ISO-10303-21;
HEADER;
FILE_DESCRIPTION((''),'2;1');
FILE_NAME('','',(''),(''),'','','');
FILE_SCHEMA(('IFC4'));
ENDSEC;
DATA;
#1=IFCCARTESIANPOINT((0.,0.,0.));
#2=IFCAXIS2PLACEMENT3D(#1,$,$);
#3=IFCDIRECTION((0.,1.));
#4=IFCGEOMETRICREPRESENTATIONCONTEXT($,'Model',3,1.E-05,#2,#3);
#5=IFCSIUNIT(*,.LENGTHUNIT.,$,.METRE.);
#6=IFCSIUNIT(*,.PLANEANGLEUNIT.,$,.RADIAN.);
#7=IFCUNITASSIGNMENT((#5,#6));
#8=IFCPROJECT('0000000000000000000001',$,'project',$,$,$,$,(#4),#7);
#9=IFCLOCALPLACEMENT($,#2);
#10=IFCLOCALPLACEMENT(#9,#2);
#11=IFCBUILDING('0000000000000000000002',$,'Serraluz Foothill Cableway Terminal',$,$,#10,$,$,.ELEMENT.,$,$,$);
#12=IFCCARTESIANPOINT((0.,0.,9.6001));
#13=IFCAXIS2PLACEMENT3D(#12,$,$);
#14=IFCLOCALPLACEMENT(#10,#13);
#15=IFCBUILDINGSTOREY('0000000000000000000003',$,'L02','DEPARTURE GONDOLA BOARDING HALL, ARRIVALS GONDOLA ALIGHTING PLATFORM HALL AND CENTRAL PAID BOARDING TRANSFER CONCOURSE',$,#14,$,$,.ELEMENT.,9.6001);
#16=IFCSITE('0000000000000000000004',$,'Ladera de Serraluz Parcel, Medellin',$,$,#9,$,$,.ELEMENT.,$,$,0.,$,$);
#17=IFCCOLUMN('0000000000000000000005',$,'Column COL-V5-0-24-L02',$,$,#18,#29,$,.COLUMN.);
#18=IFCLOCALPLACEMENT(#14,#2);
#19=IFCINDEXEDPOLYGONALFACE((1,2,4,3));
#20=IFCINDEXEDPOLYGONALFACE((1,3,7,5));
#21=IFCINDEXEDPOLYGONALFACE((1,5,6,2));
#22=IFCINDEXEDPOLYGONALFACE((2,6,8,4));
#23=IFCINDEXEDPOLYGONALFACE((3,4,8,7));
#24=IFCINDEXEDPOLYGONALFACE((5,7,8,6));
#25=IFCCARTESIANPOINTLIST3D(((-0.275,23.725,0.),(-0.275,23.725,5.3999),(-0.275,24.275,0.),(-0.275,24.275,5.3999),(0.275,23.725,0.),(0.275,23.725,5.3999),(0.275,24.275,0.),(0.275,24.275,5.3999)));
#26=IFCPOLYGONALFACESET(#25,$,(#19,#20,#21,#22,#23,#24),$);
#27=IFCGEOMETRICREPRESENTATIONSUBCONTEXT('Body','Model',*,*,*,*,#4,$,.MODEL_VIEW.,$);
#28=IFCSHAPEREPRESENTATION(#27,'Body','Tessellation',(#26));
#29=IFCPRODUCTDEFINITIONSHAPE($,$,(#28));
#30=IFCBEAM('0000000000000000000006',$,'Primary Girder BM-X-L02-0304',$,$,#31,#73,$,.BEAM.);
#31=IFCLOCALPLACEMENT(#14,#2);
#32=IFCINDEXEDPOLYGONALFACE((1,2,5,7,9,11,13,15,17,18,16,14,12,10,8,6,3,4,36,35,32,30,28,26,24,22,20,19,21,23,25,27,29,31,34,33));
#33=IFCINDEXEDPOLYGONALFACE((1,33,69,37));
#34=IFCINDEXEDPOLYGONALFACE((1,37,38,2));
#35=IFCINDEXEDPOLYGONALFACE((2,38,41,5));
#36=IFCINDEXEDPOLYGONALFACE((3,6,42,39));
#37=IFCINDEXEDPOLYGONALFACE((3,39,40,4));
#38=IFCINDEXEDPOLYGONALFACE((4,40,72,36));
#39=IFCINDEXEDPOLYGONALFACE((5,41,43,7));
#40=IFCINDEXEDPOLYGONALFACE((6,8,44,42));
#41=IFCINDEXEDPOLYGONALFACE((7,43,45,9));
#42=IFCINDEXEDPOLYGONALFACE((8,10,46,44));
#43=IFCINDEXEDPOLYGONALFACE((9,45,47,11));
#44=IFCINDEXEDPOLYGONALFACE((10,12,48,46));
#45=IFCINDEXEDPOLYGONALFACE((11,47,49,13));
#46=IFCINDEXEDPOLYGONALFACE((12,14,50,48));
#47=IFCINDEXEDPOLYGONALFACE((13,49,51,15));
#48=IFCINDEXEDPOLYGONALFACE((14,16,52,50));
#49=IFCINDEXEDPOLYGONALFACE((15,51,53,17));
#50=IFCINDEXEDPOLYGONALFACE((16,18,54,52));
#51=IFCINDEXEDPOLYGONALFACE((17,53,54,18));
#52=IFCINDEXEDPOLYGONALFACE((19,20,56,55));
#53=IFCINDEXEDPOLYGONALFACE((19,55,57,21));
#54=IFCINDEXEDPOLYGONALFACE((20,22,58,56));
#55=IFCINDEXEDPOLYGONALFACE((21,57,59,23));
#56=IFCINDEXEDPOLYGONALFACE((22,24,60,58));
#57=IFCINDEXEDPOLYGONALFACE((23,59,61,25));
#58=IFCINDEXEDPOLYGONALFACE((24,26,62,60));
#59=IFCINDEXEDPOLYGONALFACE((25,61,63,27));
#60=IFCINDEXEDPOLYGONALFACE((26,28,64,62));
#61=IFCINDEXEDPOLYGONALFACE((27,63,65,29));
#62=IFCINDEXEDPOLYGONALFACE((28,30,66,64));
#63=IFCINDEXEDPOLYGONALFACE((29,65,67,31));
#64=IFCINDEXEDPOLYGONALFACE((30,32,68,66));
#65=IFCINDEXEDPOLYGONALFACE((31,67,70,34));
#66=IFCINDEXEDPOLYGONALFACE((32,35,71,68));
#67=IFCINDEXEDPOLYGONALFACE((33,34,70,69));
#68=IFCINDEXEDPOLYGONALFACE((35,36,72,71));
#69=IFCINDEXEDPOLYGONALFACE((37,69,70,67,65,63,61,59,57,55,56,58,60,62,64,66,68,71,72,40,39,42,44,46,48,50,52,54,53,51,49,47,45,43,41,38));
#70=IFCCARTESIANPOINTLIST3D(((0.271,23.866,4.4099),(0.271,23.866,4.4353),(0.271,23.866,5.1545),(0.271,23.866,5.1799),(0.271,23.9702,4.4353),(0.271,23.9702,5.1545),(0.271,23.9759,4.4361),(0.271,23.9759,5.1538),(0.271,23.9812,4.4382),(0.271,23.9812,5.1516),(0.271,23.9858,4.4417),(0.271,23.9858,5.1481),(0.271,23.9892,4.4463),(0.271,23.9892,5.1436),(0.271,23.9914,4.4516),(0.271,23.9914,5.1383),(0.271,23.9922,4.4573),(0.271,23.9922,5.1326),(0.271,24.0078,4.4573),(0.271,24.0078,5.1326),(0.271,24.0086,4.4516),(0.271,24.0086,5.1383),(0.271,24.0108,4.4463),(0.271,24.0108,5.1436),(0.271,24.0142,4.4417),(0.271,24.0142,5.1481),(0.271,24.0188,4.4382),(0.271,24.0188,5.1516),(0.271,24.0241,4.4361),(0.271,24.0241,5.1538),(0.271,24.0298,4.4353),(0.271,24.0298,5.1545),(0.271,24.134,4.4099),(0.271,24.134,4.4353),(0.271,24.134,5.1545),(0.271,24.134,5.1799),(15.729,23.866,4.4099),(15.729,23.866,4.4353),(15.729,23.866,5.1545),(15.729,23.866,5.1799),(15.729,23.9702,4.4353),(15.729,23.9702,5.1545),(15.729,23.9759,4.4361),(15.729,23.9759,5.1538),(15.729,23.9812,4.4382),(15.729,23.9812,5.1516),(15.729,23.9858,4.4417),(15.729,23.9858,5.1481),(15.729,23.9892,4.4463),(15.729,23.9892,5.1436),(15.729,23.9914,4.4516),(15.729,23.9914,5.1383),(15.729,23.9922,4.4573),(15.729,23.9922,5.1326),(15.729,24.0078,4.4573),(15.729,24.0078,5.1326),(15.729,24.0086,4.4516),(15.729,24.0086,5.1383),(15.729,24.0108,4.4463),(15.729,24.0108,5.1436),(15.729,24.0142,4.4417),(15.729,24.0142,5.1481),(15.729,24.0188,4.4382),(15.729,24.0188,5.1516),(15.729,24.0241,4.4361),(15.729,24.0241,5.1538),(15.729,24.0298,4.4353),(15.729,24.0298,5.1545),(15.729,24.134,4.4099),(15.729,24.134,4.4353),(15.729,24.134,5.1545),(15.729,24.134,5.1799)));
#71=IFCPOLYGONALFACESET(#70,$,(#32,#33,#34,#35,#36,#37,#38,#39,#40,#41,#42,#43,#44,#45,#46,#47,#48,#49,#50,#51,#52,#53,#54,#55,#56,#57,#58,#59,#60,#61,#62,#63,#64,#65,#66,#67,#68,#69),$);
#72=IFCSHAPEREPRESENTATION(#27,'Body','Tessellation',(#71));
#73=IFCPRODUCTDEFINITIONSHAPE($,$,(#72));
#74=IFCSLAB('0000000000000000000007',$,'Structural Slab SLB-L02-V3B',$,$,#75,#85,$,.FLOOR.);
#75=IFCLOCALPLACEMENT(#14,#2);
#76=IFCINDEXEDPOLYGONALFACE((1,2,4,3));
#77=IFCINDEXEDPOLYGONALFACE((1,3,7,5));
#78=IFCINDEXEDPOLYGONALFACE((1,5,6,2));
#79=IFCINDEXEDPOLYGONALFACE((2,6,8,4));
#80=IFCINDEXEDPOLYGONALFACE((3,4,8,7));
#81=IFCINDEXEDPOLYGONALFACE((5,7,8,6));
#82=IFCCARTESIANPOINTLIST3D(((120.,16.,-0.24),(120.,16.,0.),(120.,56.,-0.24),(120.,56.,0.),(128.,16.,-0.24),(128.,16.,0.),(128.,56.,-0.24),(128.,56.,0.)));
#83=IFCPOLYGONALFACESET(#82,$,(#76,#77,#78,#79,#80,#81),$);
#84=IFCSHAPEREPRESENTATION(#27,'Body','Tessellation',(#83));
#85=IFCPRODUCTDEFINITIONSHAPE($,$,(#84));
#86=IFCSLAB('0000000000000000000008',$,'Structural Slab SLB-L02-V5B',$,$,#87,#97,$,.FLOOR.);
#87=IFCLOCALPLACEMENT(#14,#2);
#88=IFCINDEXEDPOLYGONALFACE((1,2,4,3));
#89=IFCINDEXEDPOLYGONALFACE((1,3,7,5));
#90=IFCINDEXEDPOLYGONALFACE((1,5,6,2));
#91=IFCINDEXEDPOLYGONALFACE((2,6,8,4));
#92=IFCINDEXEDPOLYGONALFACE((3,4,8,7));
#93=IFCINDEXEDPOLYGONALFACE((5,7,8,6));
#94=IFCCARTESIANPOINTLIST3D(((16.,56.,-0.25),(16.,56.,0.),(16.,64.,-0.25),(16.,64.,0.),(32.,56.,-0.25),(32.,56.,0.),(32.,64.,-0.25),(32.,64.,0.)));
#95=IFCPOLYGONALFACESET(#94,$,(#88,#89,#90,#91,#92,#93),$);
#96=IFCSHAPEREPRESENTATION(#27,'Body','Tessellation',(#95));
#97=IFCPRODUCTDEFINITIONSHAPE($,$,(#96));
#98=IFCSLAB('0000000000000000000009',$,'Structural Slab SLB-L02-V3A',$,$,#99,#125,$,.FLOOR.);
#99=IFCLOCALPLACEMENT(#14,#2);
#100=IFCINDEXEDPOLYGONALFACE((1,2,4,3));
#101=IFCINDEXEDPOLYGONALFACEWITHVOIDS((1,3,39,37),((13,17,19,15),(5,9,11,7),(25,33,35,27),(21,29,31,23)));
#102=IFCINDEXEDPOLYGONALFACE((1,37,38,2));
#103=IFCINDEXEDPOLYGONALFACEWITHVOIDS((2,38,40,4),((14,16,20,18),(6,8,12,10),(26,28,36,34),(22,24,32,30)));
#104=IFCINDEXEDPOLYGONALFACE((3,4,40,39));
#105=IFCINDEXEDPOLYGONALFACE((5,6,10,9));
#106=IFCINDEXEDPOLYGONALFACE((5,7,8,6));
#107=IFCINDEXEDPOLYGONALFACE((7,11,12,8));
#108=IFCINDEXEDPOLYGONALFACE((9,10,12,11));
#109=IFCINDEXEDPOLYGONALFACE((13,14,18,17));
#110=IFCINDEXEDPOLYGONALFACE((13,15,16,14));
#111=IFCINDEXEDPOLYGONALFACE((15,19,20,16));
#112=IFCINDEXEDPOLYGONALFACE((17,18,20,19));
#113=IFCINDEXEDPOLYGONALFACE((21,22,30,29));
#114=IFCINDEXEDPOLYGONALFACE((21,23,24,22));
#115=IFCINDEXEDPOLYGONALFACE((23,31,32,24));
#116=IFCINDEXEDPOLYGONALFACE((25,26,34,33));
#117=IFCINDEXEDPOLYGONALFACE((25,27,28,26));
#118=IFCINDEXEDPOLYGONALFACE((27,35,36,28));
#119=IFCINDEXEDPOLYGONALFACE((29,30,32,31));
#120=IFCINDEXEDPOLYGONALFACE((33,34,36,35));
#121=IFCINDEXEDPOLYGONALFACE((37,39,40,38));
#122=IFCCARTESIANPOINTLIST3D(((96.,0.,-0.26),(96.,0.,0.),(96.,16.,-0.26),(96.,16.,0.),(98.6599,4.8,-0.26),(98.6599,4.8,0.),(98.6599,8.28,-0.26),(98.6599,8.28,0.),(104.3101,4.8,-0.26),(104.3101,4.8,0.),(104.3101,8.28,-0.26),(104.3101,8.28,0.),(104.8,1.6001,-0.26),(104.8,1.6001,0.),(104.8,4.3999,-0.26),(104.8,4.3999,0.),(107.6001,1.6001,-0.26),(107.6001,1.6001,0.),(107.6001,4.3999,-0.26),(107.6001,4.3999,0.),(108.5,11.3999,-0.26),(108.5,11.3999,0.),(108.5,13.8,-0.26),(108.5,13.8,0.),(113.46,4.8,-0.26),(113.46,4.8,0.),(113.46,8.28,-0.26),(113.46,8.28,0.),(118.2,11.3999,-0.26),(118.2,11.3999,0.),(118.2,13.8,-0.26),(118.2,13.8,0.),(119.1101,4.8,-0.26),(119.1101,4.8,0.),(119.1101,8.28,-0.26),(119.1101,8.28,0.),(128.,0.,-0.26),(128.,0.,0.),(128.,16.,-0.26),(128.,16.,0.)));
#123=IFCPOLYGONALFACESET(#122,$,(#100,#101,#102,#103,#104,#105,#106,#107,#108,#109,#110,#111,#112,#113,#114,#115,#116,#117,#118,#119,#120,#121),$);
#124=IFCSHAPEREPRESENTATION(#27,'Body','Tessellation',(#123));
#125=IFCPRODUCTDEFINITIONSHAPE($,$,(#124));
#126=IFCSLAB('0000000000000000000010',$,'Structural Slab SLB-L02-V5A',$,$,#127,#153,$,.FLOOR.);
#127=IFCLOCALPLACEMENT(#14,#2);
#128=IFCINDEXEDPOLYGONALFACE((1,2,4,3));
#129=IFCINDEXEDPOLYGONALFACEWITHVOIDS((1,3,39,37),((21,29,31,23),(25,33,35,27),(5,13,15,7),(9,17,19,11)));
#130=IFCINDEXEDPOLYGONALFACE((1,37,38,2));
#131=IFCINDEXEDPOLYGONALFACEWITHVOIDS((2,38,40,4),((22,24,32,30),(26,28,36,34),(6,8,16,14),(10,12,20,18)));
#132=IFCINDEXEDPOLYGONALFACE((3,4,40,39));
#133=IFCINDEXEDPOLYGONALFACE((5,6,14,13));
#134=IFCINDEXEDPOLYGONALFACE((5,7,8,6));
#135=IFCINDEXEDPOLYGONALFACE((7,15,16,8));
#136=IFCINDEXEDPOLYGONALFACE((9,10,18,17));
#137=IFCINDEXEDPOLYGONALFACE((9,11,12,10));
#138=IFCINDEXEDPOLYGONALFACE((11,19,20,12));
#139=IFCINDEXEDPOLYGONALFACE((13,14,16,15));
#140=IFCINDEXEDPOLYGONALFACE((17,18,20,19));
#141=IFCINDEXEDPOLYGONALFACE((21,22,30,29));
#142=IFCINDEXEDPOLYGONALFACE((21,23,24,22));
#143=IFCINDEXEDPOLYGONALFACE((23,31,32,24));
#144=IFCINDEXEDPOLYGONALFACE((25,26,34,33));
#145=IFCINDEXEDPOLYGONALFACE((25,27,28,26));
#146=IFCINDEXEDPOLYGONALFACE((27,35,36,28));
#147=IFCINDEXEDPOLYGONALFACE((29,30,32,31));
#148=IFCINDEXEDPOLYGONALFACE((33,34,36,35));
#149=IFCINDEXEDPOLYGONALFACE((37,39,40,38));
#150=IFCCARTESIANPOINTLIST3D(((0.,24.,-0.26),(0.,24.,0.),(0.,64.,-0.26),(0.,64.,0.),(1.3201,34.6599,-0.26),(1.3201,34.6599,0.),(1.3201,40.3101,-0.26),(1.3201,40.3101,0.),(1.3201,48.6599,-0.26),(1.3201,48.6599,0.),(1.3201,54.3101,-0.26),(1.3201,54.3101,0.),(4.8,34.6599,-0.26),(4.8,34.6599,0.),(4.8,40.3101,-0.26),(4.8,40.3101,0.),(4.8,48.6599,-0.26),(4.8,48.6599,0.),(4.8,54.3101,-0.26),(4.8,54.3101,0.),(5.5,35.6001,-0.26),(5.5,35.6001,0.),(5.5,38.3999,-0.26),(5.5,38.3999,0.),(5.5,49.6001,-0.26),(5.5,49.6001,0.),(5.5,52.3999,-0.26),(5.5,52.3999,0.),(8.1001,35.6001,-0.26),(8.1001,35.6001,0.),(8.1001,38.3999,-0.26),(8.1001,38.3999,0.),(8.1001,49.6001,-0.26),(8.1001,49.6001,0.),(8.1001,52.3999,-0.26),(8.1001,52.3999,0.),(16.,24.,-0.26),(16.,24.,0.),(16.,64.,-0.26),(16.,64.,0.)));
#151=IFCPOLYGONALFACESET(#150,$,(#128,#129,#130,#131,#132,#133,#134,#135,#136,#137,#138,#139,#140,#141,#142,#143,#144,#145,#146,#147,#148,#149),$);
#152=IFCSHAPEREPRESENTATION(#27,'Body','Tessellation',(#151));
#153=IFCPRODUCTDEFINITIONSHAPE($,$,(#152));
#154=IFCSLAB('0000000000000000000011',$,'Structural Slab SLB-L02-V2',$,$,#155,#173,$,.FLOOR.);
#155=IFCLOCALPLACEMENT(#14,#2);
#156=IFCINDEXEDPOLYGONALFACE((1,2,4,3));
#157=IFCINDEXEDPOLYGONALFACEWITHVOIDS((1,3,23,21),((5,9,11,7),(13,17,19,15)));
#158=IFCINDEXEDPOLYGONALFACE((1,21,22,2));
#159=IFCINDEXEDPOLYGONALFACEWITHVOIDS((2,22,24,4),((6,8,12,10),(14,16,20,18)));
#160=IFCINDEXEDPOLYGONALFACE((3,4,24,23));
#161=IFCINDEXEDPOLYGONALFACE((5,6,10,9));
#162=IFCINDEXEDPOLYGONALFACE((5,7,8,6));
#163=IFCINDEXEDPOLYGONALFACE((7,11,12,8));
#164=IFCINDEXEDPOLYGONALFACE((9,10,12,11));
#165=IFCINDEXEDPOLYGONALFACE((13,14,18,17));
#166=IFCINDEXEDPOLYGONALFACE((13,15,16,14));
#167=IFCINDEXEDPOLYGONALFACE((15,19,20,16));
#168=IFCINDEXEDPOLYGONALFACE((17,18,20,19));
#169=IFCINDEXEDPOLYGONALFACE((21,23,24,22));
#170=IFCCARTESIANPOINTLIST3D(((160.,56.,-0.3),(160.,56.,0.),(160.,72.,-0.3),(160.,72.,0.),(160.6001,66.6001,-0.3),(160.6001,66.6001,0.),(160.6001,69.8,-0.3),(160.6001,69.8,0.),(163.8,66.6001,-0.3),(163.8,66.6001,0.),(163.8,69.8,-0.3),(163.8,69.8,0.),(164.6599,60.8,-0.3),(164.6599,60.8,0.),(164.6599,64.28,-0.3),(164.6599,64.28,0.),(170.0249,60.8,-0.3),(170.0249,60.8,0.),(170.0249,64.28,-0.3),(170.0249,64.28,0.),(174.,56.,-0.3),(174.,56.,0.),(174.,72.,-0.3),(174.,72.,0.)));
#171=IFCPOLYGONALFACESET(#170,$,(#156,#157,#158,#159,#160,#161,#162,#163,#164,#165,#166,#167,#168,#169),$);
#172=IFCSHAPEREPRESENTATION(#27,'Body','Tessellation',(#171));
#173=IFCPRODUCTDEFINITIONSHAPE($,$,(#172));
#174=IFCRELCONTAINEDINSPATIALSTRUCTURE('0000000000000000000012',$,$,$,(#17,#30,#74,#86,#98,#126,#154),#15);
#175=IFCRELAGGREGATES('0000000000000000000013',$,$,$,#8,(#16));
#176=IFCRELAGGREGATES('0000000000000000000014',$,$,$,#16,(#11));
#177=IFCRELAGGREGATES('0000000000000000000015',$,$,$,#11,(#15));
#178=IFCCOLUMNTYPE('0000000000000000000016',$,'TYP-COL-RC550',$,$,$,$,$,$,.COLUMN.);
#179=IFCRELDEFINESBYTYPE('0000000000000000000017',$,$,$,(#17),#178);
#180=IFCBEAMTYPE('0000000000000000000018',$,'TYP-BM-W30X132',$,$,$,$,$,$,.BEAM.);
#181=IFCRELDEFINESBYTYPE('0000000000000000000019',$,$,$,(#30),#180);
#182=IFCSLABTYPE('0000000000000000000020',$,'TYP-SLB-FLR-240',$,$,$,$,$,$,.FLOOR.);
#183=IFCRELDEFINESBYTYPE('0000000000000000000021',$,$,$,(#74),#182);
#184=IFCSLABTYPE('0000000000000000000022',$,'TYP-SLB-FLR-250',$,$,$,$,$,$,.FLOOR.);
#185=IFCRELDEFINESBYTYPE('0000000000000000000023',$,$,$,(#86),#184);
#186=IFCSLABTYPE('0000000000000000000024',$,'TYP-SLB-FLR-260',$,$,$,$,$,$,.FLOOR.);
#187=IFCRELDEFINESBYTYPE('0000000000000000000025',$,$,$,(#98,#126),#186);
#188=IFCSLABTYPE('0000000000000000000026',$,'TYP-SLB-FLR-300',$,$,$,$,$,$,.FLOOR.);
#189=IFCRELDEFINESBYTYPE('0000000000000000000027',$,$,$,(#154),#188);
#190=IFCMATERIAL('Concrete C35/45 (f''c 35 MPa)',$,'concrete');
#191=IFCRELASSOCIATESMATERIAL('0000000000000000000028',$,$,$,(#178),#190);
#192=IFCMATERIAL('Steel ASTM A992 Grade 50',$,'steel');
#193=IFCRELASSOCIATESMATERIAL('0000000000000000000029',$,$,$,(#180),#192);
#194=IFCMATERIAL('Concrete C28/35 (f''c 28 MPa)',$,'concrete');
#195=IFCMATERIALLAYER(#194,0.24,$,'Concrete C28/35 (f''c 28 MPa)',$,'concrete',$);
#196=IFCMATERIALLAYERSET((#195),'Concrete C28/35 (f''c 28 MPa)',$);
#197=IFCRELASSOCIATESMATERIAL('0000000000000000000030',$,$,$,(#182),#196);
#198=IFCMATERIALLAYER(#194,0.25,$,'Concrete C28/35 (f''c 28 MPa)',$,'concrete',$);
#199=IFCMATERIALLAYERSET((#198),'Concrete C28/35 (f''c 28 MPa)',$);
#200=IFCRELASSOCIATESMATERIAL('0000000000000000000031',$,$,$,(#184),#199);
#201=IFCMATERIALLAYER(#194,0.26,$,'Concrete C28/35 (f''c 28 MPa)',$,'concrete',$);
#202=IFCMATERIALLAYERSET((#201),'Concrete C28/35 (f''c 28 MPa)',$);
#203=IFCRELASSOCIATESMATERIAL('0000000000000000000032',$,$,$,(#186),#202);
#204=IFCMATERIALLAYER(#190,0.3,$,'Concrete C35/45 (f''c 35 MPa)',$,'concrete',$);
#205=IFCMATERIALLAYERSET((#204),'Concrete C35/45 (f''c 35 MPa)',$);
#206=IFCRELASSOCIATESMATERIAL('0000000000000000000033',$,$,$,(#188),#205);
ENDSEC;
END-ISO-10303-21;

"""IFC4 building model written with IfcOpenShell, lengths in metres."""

from ifc_helpers import new_model, si_unit, direction, frame, origin, origin_2d, place, context, subcontext, project, spatial, polyline, rectangle, i_section, outline, extrude, material, layer, layer_set, material_profile, profile_set, type_object, element, save


model = new_model("IFC4")

# Units and contexts
model_context = context("Model", 3, precision=1e-05, world=origin(), true_north=direction((0.0, 1.0)))
body_context = subcontext(model_context, "Body", "Model", "MODEL_VIEW")
ifc_project = project(units=[si_unit("LENGTHUNIT", "METRE"), si_unit("PLANEANGLEUNIT", "RADIAN")], contexts=[model_context])

# Site, building, storey
site_placement = place(None, origin())
site = spatial("IfcSite", under=ifc_project, at=site_placement, Name="Ladera de Serraluz Parcel, Medellin", CompositionType="ELEMENT", RefElevation=0.0)
building_placement = place(site_placement, origin())
building = spatial("IfcBuilding", under=site, at=building_placement, Name="Serraluz Foothill Cableway Terminal", CompositionType="ELEMENT")
storey_placement = place(building_placement, frame((0.0, 0.0, 9.6001)))
storey = spatial("IfcBuildingStorey", under=building, at=storey_placement, Name="L02", Description="DEPARTURE GONDOLA BOARDING HALL, ARRIVALS GONDOLA ALIGHTING PLATFORM HALL AND CENTRAL PAID BOARDING TRANSFER CONCOURSE", CompositionType="ELEMENT", Elevation=9.6001)

# Column
ifc_material_1 = material(Name="Concrete C35/45 (f'c 35 MPa)", Category="concrete")
ifc_material_profile_1 = material_profile(ifc_material_1, rectangle(XDim=0.55, YDim=0.55, at=origin_2d()), Name="RC 550x550")
ifc_profile_set_1 = profile_set([ifc_material_profile_1], Name="Concrete C35/45 (f'c 35 MPa)")
column_type = type_object("IfcColumnType", Name="TYP-COL-RC550", PredefinedType="COLUMN", material=ifc_profile_set_1)
column_placement = place(storey_placement, frame((0.0, 24.0, 0.0), z_axis=(0.0, 0.0, 1.0), x_axis=(1.0, 0.0, 0.0)))
element("IfcColumn", 1, at=column_placement, inside=storey, type_object=column_type, Name="Column COL-V5-0-24-L02", PredefinedType="COLUMN", context=body_context, shape_type="SweptSolid", body=[
    extrude(rectangle(XDim=0.55, YDim=0.55, at=origin_2d()), origin(), (0.0, 0.0, 1.0), 5.3999),
])

# Beam
ifc_material_2 = material(Name="Steel ASTM A992 Grade 50", Category="steel")
ifc_material_profile_2 = material_profile(ifc_material_2, i_section(OverallWidth=0.2681, OverallDepth=0.77, WebThickness=0.0156, FlangeThickness=0.0254, FilletRadius=0.022, at=origin_2d()), Name="W30X132")
ifc_profile_set_2 = profile_set([ifc_material_profile_2], Name="Steel ASTM A992 Grade 50")
beam_type = type_object("IfcBeamType", Name="TYP-BM-W30X132", PredefinedType="BEAM", material=ifc_profile_set_2)
beam_placement = place(storey_placement, frame((0.271, 24.0, 4.7949), z_axis=(1.0, 0.0, 0.0), x_axis=(0.0, 1.0, 0.0)))
element("IfcBeam", 2, at=beam_placement, inside=storey, type_object=beam_type, Name="Primary Girder BM-X-L02-0304", PredefinedType="BEAM", context=body_context, shape_type="SweptSolid", body=[
    extrude(i_section(OverallWidth=0.2681, OverallDepth=0.77, WebThickness=0.0156, FlangeThickness=0.0254, FilletRadius=0.022, at=origin_2d()), origin(), (0.0, 0.0, 1.0), 15.458),
])

# Slabs
ifc_material_3 = material(Name="Concrete C28/35 (f'c 28 MPa)", Category="concrete")
ifc_layer_1 = layer(ifc_material_3, 0.24, Name="Concrete C28/35 (f'c 28 MPa)", Category="concrete")
ifc_layer_set_1 = layer_set([ifc_layer_1], Name="Concrete C28/35 (f'c 28 MPa)")
slab_type_1 = type_object("IfcSlabType", Name="TYP-SLB-FLR-240", PredefinedType="FLOOR", material=ifc_layer_set_1)
slab_1_placement = place(storey_placement, frame((0.0, 0.0, -0.24)))
element("IfcSlab", 3, at=slab_1_placement, inside=storey, type_object=slab_type_1, Name="Structural Slab SLB-L02-V3B", PredefinedType="FLOOR", context=body_context, shape_type="SweptSolid", body=[
    extrude(outline(polyline([(120.0, 16.0), (128.0, 16.0), (128.0, 56.0), (120.0, 56.0), (120.0, 16.0)])), origin(), (0.0, 0.0, 1.0), 0.24),
])
ifc_layer_2 = layer(ifc_material_3, 0.25, Name="Concrete C28/35 (f'c 28 MPa)", Category="concrete")
ifc_layer_set_2 = layer_set([ifc_layer_2], Name="Concrete C28/35 (f'c 28 MPa)")
slab_type_2 = type_object("IfcSlabType", Name="TYP-SLB-FLR-250", PredefinedType="FLOOR", material=ifc_layer_set_2)
slab_2_placement = place(storey_placement, frame((0.0, 0.0, -0.25)))
element("IfcSlab", 4, at=slab_2_placement, inside=storey, type_object=slab_type_2, Name="Structural Slab SLB-L02-V5B", PredefinedType="FLOOR", context=body_context, shape_type="SweptSolid", body=[
    extrude(outline(polyline([(16.0, 56.0), (32.0, 56.0), (32.0, 64.0), (16.0, 64.0), (16.0, 56.0)])), origin(), (0.0, 0.0, 1.0), 0.25),
])
ifc_layer_3 = layer(ifc_material_3, 0.26, Name="Concrete C28/35 (f'c 28 MPa)", Category="concrete")
ifc_layer_set_3 = layer_set([ifc_layer_3], Name="Concrete C28/35 (f'c 28 MPa)")
slab_type_3 = type_object("IfcSlabType", Name="TYP-SLB-FLR-260", PredefinedType="FLOOR", material=ifc_layer_set_3)
slab_3_placement = place(storey_placement, frame((0.0, 0.0, -0.26)))
element("IfcSlab", 5, at=slab_3_placement, inside=storey, type_object=slab_type_3, Name="Structural Slab SLB-L02-V3A", PredefinedType="FLOOR", context=body_context, shape_type="SweptSolid", body=[
    extrude(outline(polyline([(96.0, 0.0), (128.0, 0.0), (128.0, 16.0), (96.0, 16.0), (96.0, 0.0)]), holes=[polyline([(98.6599, 4.8), (104.3101, 4.8), (104.3101, 8.28), (98.6599, 8.28), (98.6599, 4.8)]), polyline([(113.46, 4.8), (119.1101, 4.8), (119.1101, 8.28), (113.46, 8.28), (113.46, 4.8)]), polyline([(104.8, 1.6001), (107.6001, 1.6001), (107.6001, 4.3999), (104.8, 4.3999), (104.8, 1.6001)]), polyline([(108.5, 11.3999), (118.2, 11.3999), (118.2, 13.8), (108.5, 13.8), (108.5, 11.3999)])]), origin(), (0.0, 0.0, 1.0), 0.26),
])
slab_4_placement = place(storey_placement, frame((0.0, 0.0, -0.26)))
element("IfcSlab", 6, at=slab_4_placement, inside=storey, type_object=slab_type_3, Name="Structural Slab SLB-L02-V5A", PredefinedType="FLOOR", context=body_context, shape_type="SweptSolid", body=[
    extrude(outline(polyline([(0.0, 24.0), (16.0, 24.0), (16.0, 64.0), (0.0, 64.0), (0.0, 24.0)]), holes=[polyline([(4.8, 48.6599), (4.8, 54.3101), (1.3201, 54.3101), (1.3201, 48.6599), (4.8, 48.6599)]), polyline([(4.8, 34.6599), (4.8, 40.3101), (1.3201, 40.3101), (1.3201, 34.6599), (4.8, 34.6599)]), polyline([(5.5, 49.6001), (8.1001, 49.6001), (8.1001, 52.3999), (5.5, 52.3999), (5.5, 49.6001)]), polyline([(5.5, 35.6001), (8.1001, 35.6001), (8.1001, 38.3999), (5.5, 38.3999), (5.5, 35.6001)])]), origin(), (0.0, 0.0, 1.0), 0.26),
])
ifc_layer_4 = layer(ifc_material_1, 0.3, Name="Concrete C35/45 (f'c 35 MPa)", Category="concrete")
ifc_layer_set_4 = layer_set([ifc_layer_4], Name="Concrete C35/45 (f'c 35 MPa)")
slab_type_4 = type_object("IfcSlabType", Name="TYP-SLB-FLR-300", PredefinedType="FLOOR", material=ifc_layer_set_4)
slab_5_placement = place(storey_placement, frame((0.0, 0.0, -0.3)))
element("IfcSlab", 7, at=slab_5_placement, inside=storey, type_object=slab_type_4, Name="Structural Slab SLB-L02-V2", PredefinedType="FLOOR", context=body_context, shape_type="SweptSolid", body=[
    extrude(outline(polyline([(160.0, 56.0), (174.0, 56.0), (174.0, 72.0), (160.0, 72.0), (160.0, 56.0)]), holes=[polyline([(164.6599, 60.8), (170.0249, 60.8), (170.0249, 64.28), (164.6599, 64.28), (164.6599, 60.8)]), polyline([(160.6001, 66.6001), (163.8, 66.6001), (163.8, 69.8), (160.6001, 69.8), (160.6001, 66.6001)])]), origin(), (0.0, 0.0, 1.0), 0.3),
])

save(model, "model.ifc")
